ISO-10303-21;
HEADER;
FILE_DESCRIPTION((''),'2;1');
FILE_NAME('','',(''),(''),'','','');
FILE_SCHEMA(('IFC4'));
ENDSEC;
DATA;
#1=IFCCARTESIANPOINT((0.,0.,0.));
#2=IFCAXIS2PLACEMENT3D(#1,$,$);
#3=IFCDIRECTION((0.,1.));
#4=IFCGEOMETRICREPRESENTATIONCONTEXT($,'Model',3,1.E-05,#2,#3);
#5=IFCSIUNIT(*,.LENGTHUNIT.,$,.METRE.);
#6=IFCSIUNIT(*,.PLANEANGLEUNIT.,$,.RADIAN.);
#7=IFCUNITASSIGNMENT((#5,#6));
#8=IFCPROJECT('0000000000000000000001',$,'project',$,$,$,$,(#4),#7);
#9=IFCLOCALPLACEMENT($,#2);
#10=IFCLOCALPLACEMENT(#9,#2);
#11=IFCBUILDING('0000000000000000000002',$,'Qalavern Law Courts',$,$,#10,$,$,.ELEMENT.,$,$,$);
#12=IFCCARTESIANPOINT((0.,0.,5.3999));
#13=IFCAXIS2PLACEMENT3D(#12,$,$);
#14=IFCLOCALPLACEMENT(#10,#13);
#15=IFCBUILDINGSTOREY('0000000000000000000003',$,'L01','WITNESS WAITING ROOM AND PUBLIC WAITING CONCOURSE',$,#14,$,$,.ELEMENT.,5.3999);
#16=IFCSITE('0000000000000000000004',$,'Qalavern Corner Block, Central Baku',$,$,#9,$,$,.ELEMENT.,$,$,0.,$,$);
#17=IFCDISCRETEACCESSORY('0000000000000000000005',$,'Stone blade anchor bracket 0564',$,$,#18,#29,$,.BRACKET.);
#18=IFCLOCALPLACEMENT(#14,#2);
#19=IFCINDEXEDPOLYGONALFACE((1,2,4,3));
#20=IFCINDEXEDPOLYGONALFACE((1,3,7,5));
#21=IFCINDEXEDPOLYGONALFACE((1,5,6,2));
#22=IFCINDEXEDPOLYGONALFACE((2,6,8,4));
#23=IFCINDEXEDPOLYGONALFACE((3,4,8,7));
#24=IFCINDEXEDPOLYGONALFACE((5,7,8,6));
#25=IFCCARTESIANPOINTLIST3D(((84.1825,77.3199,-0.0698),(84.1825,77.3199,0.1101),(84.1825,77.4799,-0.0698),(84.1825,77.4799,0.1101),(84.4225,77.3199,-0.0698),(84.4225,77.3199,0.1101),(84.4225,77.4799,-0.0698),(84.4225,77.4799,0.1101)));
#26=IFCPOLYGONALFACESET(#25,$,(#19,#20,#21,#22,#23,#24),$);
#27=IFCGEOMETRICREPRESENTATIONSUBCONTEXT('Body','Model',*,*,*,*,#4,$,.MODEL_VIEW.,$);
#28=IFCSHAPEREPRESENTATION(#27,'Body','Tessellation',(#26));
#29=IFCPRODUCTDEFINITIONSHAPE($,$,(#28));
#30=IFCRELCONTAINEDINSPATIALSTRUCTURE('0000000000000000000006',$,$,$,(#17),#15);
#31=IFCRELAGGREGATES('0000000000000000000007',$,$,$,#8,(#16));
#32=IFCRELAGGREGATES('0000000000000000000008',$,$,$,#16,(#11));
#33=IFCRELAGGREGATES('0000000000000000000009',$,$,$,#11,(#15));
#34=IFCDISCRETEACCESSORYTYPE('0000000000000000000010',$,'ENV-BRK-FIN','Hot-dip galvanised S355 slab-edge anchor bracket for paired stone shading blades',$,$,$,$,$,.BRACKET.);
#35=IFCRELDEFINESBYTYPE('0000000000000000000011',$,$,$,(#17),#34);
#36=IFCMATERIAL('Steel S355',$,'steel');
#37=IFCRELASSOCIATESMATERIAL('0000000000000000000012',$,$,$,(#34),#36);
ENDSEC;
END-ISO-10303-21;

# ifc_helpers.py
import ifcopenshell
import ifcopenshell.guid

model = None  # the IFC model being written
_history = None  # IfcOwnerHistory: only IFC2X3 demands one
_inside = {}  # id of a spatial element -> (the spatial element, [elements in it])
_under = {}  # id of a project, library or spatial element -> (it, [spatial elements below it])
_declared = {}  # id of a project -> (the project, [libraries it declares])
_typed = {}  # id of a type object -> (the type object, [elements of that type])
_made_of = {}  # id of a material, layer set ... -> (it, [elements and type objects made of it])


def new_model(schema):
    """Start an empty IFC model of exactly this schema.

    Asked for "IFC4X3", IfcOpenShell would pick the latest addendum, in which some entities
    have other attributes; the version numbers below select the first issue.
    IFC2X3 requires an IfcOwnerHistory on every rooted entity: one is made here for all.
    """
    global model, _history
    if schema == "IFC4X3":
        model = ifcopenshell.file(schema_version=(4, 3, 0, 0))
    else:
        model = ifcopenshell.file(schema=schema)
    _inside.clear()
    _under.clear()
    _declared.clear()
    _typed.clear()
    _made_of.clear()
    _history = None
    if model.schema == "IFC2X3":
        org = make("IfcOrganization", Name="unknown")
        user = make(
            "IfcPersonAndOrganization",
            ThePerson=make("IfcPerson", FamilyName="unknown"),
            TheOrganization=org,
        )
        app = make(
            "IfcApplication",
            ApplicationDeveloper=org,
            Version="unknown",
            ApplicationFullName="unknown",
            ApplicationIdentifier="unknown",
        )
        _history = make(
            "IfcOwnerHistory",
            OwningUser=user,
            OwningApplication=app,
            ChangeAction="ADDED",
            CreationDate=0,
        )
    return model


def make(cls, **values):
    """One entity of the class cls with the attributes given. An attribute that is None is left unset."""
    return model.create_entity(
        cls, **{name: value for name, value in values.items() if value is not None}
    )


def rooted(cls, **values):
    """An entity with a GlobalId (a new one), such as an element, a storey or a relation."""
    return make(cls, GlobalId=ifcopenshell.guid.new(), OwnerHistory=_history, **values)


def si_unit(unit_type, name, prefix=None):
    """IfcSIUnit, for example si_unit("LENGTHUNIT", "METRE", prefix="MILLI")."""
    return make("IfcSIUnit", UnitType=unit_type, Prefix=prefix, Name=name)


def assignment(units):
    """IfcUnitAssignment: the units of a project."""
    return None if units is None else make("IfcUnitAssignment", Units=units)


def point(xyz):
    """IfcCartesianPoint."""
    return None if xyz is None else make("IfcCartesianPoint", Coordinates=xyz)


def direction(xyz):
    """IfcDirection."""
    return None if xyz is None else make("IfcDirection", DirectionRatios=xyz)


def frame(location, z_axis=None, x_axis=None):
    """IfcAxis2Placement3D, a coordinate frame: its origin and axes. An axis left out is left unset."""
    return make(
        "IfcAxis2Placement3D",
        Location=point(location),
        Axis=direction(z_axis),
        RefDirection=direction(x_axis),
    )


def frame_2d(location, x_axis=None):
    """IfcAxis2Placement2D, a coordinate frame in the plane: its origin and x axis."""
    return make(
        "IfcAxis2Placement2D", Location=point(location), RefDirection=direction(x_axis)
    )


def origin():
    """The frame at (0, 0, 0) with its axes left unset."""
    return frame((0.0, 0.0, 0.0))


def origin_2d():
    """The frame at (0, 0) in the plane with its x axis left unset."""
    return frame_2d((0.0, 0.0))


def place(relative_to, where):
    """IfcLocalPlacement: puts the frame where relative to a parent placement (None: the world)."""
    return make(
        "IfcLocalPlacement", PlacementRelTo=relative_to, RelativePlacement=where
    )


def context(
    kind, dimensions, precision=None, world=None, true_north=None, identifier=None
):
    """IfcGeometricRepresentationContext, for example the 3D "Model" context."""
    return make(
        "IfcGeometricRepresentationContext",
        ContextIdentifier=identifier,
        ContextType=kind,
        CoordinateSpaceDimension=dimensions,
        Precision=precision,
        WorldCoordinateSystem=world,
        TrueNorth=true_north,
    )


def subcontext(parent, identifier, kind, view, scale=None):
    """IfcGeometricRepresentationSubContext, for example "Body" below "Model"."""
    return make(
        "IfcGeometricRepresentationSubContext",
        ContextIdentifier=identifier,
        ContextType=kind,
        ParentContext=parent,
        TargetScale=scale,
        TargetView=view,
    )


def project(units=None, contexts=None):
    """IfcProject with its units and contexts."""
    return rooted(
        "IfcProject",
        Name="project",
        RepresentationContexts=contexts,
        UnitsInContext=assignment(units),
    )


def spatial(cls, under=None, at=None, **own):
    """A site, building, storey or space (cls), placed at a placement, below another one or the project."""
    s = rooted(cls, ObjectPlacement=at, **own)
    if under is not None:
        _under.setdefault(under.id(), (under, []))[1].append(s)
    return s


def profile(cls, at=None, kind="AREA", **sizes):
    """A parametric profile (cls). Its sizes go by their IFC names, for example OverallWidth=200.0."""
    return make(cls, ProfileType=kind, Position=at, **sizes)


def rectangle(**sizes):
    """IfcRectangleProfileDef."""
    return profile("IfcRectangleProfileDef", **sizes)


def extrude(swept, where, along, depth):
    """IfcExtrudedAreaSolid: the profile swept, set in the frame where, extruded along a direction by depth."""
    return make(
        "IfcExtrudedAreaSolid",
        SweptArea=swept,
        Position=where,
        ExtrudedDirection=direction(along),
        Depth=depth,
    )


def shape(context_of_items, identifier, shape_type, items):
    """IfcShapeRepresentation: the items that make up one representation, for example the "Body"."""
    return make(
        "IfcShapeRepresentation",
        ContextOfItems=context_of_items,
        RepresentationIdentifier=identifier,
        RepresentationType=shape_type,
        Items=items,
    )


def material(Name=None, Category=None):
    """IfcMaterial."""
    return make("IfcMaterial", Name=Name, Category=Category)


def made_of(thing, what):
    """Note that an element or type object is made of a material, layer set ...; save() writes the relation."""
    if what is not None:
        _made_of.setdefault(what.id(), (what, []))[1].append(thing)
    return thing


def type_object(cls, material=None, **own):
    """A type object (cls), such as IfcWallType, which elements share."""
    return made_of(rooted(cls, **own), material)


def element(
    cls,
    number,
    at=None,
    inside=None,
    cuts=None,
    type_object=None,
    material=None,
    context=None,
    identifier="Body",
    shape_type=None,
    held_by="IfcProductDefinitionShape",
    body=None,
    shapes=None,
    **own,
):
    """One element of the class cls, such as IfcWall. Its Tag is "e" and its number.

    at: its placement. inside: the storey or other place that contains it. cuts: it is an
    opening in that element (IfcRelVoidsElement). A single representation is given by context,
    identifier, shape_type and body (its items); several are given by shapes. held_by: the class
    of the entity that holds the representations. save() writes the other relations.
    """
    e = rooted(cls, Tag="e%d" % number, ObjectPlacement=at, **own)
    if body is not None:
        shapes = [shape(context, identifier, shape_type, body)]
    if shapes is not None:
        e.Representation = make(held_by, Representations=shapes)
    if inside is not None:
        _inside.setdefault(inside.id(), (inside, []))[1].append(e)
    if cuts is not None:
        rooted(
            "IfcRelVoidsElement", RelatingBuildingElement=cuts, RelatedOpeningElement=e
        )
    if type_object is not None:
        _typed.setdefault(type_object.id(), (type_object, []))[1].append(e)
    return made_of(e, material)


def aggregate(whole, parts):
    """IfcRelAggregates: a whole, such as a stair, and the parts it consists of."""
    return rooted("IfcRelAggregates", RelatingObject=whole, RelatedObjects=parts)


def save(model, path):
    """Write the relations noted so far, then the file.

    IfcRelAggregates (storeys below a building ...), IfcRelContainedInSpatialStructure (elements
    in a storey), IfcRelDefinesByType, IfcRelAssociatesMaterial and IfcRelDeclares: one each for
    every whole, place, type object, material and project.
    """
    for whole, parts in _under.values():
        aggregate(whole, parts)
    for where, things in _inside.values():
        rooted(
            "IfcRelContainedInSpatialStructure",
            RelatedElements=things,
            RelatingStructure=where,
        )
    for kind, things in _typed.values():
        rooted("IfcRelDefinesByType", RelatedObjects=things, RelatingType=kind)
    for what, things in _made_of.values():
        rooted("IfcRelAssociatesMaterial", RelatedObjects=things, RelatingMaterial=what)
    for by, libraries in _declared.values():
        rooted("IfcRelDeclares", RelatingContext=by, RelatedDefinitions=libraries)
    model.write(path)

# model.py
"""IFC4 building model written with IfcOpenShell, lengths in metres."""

from ifc_helpers import new_model, si_unit, direction, frame, origin, origin_2d, place, context, subcontext, project, spatial, rectangle, extrude, material, type_object, element, save


model = new_model("IFC4")

# Units and contexts
model_context = context("Model", 3, precision=1e-05, world=origin(), true_north=direction((0.0, 1.0)))
body_context = subcontext(model_context, "Body", "Model", "MODEL_VIEW")
ifc_project = project(units=[si_unit("LENGTHUNIT", "METRE"), si_unit("PLANEANGLEUNIT", "RADIAN")], contexts=[model_context])

# Site, building, storey
site_placement = place(None, origin())
site = spatial("IfcSite", under=ifc_project, at=site_placement, Name="Qalavern Corner Block, Central Baku", CompositionType="ELEMENT", RefElevation=0.0)
building_placement = place(site_placement, origin())
building = spatial("IfcBuilding", under=site, at=building_placement, Name="Qalavern Law Courts", CompositionType="ELEMENT")
storey_placement = place(building_placement, frame((0.0, 0.0, 5.3999)))
storey = spatial("IfcBuildingStorey", under=building, at=storey_placement, Name="L01", Description="WITNESS WAITING ROOM AND PUBLIC WAITING CONCOURSE", CompositionType="ELEMENT", Elevation=5.3999)

# Shared definitions
ifc_material_1 = material(Name="Steel S355", Category="steel")

# Discrete accessory
discrete_accessory_type = type_object("IfcDiscreteAccessoryType", Name="ENV-BRK-FIN", Description="Hot-dip galvanised S355 slab-edge anchor bracket for paired stone shading blades", PredefinedType="BRACKET", material=ifc_material_1)
for number, where, z_axis, x_axis, name in (
    (1, (84.3025, 77.3999, -0.0698), (0.0, 0.0, 1.0), (-1.0, 0.0, 0.0), "Stone blade anchor bracket 0564"),
):
    element("IfcDiscreteAccessory", number, at=place(storey_placement, frame(where, z_axis=z_axis, x_axis=x_axis)), inside=storey, type_object=discrete_accessory_type, Name=name, PredefinedType="BRACKET", context=body_context, shape_type="SweptSolid", body=[
        extrude(rectangle(XDim=0.24, YDim=0.1599, at=origin_2d()), origin(), (0.0, 0.0, 1.0), 0.1799),
    ])

save(model, "model.ifc")
